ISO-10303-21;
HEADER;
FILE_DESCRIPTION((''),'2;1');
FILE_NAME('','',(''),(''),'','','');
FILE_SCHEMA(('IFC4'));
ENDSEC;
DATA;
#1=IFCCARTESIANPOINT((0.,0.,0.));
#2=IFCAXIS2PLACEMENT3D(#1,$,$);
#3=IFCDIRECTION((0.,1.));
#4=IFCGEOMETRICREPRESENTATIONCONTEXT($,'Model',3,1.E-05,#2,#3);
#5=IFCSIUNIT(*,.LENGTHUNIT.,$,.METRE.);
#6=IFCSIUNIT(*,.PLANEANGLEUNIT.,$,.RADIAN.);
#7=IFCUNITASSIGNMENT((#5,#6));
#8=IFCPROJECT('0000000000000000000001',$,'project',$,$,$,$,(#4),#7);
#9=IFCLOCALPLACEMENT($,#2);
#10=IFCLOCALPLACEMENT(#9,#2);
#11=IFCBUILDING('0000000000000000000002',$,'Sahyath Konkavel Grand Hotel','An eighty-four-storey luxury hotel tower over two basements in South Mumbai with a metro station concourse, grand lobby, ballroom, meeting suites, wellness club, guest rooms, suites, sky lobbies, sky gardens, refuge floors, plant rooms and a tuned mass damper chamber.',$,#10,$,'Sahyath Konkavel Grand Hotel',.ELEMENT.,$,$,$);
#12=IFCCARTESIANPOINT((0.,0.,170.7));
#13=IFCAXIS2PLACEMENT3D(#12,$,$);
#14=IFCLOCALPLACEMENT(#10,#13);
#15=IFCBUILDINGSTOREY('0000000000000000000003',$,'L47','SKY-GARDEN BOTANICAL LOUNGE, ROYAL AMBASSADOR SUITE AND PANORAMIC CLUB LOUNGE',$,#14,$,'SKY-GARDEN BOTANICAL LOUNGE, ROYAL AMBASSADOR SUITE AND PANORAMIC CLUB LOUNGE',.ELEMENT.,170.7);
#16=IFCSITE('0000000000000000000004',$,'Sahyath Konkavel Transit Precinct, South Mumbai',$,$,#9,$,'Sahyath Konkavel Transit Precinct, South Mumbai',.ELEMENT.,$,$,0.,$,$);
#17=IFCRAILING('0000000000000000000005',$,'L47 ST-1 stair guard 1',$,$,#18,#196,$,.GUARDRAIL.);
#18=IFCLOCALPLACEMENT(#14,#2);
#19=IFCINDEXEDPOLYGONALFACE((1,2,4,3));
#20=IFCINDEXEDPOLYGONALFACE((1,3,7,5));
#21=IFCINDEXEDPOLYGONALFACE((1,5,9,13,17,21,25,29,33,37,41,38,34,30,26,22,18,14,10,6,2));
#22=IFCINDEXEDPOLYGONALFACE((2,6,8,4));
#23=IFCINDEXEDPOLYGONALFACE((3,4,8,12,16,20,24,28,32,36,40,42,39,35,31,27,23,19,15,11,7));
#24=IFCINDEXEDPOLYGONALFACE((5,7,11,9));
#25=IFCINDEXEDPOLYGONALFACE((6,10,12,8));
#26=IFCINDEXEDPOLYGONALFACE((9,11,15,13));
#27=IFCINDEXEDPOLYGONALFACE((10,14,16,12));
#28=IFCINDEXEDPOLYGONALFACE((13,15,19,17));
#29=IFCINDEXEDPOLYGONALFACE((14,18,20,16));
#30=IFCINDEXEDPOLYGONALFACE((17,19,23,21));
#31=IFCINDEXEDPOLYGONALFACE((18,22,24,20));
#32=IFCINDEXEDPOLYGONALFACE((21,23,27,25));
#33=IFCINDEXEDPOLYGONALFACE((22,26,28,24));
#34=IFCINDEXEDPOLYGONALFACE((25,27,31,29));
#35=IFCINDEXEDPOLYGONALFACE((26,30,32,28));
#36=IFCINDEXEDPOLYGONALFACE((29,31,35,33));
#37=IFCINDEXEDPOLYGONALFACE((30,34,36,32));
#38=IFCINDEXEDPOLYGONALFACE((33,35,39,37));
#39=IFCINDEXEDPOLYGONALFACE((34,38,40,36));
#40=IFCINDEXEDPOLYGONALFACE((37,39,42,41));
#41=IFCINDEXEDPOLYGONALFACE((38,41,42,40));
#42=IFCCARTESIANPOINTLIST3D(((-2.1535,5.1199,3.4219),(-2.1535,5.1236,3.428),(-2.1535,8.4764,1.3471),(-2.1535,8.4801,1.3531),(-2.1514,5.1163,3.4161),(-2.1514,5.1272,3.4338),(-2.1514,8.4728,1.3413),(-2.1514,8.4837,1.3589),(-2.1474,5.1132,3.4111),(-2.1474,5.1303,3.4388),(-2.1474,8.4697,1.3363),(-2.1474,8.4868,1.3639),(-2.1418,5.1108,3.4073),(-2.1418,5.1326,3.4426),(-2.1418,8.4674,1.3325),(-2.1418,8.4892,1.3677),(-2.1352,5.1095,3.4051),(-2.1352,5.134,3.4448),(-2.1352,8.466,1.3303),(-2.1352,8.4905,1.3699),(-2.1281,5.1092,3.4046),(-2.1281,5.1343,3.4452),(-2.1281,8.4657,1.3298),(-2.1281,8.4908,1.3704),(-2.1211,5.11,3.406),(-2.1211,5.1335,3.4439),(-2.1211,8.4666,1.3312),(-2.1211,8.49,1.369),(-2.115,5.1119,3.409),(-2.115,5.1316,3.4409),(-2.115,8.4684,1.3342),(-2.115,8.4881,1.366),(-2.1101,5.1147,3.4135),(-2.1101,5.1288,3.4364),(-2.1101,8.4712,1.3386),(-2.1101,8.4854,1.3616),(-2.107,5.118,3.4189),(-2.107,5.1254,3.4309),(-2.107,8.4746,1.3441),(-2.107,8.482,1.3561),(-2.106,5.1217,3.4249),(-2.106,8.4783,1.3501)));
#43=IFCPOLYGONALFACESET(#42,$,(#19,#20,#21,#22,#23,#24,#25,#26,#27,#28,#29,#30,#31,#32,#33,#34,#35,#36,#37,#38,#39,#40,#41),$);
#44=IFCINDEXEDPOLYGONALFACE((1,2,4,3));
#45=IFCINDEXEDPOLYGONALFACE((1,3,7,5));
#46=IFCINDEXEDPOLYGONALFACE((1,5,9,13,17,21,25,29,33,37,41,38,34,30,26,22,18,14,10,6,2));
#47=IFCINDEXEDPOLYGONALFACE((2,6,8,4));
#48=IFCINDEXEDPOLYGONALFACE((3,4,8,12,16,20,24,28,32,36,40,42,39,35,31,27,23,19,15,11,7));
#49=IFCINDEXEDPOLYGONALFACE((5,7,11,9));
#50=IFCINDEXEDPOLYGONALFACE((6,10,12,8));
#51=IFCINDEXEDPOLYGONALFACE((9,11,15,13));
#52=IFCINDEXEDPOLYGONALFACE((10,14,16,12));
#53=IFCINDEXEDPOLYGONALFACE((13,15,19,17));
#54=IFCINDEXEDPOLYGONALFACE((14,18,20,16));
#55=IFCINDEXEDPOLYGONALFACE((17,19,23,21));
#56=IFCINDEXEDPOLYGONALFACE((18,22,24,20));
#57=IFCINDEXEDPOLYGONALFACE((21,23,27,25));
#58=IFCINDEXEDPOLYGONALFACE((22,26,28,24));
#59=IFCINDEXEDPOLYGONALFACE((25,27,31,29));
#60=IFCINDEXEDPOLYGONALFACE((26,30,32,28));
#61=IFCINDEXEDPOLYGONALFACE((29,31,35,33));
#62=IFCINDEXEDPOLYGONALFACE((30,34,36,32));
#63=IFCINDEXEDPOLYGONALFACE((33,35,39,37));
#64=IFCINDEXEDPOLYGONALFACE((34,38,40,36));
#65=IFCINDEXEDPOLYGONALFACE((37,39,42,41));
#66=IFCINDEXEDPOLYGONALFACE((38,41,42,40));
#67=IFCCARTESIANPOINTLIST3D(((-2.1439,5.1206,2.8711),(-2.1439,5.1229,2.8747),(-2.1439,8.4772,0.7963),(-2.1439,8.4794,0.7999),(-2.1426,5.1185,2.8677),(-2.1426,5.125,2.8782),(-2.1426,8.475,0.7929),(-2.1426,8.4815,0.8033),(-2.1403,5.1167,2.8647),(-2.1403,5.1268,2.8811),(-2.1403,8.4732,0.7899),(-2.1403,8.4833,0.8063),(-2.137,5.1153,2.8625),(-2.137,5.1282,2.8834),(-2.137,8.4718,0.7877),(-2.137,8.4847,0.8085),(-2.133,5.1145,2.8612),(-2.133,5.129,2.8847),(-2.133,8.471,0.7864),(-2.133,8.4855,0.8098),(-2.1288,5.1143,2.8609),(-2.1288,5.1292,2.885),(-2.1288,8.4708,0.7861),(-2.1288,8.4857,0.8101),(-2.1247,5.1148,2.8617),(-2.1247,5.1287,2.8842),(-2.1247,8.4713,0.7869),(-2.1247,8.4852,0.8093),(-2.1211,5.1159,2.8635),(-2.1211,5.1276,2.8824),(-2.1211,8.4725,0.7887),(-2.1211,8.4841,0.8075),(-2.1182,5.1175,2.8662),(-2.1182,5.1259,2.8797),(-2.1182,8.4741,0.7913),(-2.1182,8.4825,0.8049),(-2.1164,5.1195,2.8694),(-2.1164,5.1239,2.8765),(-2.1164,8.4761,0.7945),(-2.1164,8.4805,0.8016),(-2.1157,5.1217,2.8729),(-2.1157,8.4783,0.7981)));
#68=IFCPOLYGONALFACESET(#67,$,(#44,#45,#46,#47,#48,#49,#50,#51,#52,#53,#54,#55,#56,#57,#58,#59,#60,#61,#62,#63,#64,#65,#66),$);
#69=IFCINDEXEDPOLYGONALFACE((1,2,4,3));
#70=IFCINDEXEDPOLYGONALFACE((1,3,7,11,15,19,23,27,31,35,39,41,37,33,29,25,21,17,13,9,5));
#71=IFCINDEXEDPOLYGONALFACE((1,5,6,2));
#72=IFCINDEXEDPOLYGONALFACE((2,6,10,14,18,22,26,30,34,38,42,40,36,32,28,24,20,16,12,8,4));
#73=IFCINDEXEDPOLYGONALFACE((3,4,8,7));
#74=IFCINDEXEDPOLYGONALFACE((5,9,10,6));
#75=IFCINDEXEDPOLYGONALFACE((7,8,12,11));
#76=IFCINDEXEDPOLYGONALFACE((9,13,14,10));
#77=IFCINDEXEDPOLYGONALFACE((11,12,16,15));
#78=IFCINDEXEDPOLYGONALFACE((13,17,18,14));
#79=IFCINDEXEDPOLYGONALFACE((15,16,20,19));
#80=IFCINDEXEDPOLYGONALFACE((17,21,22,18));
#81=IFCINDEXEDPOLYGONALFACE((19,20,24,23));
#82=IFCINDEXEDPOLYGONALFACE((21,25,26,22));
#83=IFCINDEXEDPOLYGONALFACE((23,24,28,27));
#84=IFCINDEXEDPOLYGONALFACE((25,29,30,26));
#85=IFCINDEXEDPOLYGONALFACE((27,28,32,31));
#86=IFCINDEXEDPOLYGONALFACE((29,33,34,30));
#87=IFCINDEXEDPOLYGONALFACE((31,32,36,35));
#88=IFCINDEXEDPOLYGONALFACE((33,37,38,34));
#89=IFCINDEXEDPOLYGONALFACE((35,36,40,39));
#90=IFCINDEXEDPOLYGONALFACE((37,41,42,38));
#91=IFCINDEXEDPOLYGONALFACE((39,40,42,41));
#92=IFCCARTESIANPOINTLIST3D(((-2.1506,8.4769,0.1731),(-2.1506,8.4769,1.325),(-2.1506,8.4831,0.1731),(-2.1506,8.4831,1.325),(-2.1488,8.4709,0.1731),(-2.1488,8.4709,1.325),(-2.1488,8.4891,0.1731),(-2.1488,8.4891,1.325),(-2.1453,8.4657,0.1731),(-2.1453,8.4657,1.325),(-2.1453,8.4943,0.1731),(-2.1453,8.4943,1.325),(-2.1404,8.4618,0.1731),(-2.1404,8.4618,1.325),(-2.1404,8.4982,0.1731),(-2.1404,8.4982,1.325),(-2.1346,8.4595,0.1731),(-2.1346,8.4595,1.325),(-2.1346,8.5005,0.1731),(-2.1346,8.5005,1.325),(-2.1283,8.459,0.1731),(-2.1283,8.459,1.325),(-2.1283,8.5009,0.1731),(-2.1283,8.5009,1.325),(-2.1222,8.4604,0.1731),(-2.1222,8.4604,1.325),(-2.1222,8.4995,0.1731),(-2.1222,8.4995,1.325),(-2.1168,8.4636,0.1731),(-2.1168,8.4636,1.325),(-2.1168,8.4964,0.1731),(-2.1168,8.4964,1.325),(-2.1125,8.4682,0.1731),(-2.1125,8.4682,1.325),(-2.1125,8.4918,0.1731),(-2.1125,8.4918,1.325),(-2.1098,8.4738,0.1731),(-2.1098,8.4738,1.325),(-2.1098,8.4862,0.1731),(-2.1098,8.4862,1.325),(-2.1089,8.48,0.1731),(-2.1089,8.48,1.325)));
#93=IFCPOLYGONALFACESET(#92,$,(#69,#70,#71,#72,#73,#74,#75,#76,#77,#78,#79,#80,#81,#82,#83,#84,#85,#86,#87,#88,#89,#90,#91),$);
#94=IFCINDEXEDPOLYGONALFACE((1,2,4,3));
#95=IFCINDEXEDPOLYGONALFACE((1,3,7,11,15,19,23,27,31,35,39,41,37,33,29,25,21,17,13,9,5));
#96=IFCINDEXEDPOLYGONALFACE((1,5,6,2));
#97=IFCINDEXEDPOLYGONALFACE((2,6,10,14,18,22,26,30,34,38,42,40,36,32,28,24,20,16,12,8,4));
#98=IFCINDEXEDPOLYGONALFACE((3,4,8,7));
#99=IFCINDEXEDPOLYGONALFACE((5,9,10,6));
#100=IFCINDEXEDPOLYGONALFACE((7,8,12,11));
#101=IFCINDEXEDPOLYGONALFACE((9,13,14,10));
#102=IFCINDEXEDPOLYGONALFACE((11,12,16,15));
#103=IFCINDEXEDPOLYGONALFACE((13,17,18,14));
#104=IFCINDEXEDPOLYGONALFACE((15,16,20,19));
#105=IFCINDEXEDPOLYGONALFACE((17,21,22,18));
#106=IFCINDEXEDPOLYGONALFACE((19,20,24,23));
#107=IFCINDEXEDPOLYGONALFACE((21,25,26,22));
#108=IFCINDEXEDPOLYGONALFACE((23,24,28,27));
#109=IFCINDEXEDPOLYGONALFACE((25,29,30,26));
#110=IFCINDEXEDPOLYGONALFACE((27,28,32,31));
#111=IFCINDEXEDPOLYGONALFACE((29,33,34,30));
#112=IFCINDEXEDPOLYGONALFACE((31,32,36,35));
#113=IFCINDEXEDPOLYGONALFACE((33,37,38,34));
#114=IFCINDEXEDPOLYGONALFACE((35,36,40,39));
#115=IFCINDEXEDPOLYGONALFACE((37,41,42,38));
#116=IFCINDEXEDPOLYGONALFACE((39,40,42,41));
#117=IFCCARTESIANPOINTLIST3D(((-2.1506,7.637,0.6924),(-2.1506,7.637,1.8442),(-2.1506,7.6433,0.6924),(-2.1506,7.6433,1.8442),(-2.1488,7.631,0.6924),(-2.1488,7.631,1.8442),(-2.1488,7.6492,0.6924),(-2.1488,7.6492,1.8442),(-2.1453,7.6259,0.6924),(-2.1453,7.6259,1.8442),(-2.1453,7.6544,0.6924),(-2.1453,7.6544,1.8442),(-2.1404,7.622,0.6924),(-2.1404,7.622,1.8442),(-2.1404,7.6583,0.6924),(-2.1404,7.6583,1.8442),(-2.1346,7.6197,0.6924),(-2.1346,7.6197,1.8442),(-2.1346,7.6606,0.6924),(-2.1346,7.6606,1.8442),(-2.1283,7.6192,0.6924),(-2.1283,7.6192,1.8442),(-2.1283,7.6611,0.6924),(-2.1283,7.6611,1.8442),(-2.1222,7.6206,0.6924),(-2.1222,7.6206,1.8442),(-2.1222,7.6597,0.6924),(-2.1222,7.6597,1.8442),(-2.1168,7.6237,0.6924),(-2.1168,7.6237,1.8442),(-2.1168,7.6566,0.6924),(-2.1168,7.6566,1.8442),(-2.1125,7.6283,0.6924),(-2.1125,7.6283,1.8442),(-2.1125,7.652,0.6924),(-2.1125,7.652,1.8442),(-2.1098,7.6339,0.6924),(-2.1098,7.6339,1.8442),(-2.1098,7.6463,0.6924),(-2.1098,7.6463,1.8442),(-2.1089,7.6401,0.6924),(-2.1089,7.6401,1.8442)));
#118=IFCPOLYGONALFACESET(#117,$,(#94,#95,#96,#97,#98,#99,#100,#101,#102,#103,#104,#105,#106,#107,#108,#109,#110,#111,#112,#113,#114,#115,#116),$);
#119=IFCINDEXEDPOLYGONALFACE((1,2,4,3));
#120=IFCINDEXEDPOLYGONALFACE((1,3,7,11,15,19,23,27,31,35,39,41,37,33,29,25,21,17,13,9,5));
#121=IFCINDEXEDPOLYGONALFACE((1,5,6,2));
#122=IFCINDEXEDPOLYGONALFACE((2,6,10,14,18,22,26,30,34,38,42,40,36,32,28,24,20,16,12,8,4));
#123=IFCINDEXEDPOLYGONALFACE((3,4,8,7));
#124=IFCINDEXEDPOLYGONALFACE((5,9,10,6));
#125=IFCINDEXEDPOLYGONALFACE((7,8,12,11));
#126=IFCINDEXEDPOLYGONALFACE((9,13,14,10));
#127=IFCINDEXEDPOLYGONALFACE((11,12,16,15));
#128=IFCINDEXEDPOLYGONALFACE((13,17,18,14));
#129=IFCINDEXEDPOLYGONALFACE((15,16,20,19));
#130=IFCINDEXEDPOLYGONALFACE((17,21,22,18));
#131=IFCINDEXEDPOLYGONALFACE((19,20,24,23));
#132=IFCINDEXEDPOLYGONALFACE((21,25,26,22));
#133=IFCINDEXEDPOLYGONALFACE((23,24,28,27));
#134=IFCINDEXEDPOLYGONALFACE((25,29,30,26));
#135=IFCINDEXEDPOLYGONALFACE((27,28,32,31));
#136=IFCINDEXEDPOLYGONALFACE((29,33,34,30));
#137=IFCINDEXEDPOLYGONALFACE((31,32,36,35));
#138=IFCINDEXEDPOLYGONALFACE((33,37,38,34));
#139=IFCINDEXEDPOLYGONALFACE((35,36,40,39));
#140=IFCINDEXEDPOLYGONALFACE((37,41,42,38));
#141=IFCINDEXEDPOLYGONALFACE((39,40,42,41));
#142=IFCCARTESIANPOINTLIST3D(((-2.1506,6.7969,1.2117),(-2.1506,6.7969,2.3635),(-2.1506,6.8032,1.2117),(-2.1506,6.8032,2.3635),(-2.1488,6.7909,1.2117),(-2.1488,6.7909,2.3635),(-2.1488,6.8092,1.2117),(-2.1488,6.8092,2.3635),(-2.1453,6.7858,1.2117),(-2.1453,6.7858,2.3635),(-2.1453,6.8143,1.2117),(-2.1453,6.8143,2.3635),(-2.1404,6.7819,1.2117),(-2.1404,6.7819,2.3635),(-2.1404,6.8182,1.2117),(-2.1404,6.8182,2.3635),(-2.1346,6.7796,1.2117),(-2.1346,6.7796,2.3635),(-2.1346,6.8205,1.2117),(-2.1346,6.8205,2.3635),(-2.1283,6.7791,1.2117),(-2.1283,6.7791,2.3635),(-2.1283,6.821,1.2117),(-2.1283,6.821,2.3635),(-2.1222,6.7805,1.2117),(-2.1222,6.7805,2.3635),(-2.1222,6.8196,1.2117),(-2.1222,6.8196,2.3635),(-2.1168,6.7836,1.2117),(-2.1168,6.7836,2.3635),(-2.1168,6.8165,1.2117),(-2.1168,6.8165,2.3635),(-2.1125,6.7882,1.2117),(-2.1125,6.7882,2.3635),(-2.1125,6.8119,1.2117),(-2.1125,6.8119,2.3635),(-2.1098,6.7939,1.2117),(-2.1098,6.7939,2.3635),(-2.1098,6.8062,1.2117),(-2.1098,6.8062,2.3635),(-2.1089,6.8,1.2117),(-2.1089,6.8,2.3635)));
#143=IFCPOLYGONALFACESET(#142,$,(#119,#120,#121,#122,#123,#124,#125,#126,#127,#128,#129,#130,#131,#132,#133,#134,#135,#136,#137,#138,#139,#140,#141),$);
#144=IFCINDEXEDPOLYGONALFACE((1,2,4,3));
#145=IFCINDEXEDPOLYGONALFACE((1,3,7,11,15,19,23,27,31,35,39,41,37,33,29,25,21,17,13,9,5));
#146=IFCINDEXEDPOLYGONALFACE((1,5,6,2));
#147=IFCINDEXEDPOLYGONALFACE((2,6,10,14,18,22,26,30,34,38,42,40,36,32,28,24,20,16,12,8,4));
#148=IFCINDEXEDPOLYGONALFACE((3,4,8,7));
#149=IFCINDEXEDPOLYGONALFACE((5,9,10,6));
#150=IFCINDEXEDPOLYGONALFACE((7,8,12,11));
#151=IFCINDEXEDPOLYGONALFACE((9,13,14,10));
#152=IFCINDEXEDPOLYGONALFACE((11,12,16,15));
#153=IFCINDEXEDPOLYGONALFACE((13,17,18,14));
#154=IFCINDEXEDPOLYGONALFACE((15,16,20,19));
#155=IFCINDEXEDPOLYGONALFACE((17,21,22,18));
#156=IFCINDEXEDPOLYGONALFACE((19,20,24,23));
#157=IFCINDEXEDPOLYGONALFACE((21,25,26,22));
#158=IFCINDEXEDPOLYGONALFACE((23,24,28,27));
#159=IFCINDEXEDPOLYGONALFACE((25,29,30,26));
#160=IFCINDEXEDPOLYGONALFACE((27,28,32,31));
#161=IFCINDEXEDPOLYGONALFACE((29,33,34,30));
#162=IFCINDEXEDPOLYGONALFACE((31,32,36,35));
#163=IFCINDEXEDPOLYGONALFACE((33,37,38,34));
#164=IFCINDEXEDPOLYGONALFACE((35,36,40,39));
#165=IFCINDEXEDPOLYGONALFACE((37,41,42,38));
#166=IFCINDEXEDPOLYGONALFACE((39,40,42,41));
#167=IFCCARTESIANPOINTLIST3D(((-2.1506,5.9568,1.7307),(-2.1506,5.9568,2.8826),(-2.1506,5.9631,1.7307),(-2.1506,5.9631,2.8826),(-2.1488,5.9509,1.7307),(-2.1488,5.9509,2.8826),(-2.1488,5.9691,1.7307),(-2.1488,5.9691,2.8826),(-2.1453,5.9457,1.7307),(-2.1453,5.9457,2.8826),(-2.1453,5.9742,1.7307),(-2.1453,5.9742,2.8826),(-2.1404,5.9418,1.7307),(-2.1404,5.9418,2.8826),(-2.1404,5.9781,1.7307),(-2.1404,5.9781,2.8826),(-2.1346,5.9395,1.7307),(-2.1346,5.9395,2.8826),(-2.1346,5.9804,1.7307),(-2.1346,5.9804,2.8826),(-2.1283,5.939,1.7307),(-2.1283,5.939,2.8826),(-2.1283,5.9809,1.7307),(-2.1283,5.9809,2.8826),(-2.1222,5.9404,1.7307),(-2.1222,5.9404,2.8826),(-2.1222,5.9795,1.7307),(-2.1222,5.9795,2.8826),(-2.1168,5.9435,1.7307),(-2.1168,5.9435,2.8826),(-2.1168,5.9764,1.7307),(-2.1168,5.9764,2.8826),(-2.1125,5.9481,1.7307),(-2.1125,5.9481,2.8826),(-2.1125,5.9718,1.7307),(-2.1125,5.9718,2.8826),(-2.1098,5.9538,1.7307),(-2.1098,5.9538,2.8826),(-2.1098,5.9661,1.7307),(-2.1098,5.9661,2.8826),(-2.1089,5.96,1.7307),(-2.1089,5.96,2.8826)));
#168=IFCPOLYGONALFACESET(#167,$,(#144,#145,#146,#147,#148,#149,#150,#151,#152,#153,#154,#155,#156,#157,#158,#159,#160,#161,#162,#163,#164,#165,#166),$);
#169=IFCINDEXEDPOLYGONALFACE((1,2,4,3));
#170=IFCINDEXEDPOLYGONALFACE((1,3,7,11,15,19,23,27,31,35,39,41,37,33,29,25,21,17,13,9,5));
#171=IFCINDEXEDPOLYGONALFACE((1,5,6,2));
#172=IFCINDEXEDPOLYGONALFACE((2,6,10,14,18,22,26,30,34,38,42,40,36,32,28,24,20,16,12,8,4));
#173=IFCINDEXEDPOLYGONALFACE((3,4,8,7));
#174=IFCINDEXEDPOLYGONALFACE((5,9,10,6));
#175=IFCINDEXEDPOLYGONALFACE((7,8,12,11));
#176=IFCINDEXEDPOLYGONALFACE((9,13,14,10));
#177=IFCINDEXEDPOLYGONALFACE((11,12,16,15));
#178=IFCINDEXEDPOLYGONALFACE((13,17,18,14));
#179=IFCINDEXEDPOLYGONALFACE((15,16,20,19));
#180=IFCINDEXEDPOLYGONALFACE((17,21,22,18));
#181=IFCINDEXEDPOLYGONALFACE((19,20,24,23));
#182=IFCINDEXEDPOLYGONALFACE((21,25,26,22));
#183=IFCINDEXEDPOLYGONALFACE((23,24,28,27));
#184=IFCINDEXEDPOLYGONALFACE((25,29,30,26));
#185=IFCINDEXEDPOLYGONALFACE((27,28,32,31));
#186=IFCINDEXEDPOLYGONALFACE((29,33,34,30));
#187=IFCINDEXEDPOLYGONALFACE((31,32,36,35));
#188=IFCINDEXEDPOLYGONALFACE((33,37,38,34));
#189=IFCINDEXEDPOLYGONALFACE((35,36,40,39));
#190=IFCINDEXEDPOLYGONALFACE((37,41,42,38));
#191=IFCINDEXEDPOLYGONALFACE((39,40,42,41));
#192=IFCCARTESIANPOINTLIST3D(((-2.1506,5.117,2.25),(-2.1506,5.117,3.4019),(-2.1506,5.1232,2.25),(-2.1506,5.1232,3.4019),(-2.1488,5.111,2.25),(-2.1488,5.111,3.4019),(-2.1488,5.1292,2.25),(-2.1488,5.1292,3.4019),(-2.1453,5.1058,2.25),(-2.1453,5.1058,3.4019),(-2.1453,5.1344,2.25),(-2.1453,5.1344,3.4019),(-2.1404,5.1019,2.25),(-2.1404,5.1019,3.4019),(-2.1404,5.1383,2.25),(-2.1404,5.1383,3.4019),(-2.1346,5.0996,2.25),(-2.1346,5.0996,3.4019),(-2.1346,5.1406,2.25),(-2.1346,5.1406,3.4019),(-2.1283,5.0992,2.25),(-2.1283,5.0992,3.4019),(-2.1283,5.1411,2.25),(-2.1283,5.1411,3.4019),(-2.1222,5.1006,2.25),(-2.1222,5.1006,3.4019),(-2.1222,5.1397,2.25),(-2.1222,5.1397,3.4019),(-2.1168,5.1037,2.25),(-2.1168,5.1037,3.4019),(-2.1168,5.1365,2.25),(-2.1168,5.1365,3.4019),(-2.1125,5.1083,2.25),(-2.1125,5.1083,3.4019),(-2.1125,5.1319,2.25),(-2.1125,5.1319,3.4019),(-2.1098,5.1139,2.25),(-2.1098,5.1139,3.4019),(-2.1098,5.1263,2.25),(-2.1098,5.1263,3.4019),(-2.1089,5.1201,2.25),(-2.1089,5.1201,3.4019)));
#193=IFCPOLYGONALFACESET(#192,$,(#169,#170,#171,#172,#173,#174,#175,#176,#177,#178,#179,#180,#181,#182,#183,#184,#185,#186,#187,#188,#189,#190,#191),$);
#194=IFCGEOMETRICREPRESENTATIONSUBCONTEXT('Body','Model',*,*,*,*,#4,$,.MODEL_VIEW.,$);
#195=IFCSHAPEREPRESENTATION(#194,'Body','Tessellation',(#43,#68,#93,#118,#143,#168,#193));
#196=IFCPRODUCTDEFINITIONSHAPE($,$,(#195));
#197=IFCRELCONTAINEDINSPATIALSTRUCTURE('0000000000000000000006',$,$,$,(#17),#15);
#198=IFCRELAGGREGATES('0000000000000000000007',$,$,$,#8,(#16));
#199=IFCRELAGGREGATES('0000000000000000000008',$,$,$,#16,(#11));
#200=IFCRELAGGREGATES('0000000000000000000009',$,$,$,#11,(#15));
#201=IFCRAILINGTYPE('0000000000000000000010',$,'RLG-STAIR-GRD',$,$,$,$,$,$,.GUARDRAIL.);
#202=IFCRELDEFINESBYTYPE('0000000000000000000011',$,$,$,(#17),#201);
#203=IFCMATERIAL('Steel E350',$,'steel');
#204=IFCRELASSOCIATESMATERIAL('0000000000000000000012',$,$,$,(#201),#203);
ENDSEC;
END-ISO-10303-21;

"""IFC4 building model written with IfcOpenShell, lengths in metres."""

from ifc_helpers import new_model, si_unit, direction, frame, origin, origin_2d, place, context, subcontext, project, spatial, circle, extrude, material, type_object, element, save


model = new_model("IFC4")

# Units and contexts
model_context = context("Model", 3, precision=1e-05, world=origin(), true_north=direction((0.0, 1.0)))
body_context = subcontext(model_context, "Body", "Model", "MODEL_VIEW")
ifc_project = project(units=[si_unit("LENGTHUNIT", "METRE"), si_unit("PLANEANGLEUNIT", "RADIAN")], contexts=[model_context])

# Site, building, storey
site_placement = place(None, origin())
site = spatial("IfcSite", under=ifc_project, at=site_placement, Name="Sahyath Konkavel Transit Precinct, South Mumbai", LongName="Sahyath Konkavel Transit Precinct, South Mumbai", CompositionType="ELEMENT", RefElevation=0.0)
building_placement = place(site_placement, origin())
building = spatial("IfcBuilding", under=site, at=building_placement, Name="Sahyath Konkavel Grand Hotel", Description="An eighty-four-storey luxury hotel tower over two basements in South Mumbai with a metro station concourse, grand lobby, ballroom, meeting suites, wellness club, guest rooms, suites, sky lobbies, sky gardens, refuge floors, plant rooms and a tuned mass damper chamber.", LongName="Sahyath Konkavel Grand Hotel", CompositionType="ELEMENT")
storey_placement = place(building_placement, frame((0.0, 0.0, 170.7)))
storey = spatial("IfcBuildingStorey", under=building, at=storey_placement, Name="L47", Description="SKY-GARDEN BOTANICAL LOUNGE, ROYAL AMBASSADOR SUITE AND PANORAMIC CLUB LOUNGE", LongName="SKY-GARDEN BOTANICAL LOUNGE, ROYAL AMBASSADOR SUITE AND PANORAMIC CLUB LOUNGE", CompositionType="ELEMENT", Elevation=170.7)

# Shared definitions
ifc_material_1 = material(Name="Steel E350", Category="steel")

# Railing
railing_type_1 = type_object("IfcRailingType", Name="RLG-STAIR-GRD", PredefinedType="GUARDRAIL", material=ifc_material_1)
railing_1_placement = place(storey_placement, frame((-2.1299, 8.48, 0.1731)))
element("IfcRailing", 1, at=railing_1_placement, inside=storey, type_object=railing_type_1, Name="L47 ST-1 stair guard 1", PredefinedType="GUARDRAIL", context=body_context, shape_type="SweptSolid", body=[
    extrude(circle(Radius=0.0239, at=origin_2d()), frame((0.0, -0.0017, 1.177), z_axis=(0.0, -0.850606, 0.525803), x_axis=(1.0, 0.0, 0.0)), (0.0, 0.0, 1.0), 3.946),
    extrude(circle(Radius=0.0142, at=origin_2d()), frame((0.0, -0.0017, 0.625), z_axis=(0.0, -0.850606, 0.525803), x_axis=(1.0, 0.0, 0.0)), (0.0, 0.0, 1.0), 3.946),
    extrude(circle(Radius=0.021, at=origin_2d()), origin(), (0.0, 0.0, 1.0), 1.1519),
    extrude(circle(Radius=0.021, at=origin_2d()), frame((0.0, -0.8398, 0.5193)), (0.0, 0.0, 1.0), 1.1519),
    extrude(circle(Radius=0.021, at=origin_2d()), frame((0.0, -1.6799, 1.0386)), (0.0, 0.0, 1.0), 1.1519),
    extrude(circle(Radius=0.021, at=origin_2d()), frame((0.0, -2.52, 1.5576)), (0.0, 0.0, 1.0), 1.1519),
    extrude(circle(Radius=0.021, at=origin_2d()), frame((0.0, -3.3599, 2.0769)), (0.0, 0.0, 1.0), 1.1519),
])

save(model, "model.ifc")
